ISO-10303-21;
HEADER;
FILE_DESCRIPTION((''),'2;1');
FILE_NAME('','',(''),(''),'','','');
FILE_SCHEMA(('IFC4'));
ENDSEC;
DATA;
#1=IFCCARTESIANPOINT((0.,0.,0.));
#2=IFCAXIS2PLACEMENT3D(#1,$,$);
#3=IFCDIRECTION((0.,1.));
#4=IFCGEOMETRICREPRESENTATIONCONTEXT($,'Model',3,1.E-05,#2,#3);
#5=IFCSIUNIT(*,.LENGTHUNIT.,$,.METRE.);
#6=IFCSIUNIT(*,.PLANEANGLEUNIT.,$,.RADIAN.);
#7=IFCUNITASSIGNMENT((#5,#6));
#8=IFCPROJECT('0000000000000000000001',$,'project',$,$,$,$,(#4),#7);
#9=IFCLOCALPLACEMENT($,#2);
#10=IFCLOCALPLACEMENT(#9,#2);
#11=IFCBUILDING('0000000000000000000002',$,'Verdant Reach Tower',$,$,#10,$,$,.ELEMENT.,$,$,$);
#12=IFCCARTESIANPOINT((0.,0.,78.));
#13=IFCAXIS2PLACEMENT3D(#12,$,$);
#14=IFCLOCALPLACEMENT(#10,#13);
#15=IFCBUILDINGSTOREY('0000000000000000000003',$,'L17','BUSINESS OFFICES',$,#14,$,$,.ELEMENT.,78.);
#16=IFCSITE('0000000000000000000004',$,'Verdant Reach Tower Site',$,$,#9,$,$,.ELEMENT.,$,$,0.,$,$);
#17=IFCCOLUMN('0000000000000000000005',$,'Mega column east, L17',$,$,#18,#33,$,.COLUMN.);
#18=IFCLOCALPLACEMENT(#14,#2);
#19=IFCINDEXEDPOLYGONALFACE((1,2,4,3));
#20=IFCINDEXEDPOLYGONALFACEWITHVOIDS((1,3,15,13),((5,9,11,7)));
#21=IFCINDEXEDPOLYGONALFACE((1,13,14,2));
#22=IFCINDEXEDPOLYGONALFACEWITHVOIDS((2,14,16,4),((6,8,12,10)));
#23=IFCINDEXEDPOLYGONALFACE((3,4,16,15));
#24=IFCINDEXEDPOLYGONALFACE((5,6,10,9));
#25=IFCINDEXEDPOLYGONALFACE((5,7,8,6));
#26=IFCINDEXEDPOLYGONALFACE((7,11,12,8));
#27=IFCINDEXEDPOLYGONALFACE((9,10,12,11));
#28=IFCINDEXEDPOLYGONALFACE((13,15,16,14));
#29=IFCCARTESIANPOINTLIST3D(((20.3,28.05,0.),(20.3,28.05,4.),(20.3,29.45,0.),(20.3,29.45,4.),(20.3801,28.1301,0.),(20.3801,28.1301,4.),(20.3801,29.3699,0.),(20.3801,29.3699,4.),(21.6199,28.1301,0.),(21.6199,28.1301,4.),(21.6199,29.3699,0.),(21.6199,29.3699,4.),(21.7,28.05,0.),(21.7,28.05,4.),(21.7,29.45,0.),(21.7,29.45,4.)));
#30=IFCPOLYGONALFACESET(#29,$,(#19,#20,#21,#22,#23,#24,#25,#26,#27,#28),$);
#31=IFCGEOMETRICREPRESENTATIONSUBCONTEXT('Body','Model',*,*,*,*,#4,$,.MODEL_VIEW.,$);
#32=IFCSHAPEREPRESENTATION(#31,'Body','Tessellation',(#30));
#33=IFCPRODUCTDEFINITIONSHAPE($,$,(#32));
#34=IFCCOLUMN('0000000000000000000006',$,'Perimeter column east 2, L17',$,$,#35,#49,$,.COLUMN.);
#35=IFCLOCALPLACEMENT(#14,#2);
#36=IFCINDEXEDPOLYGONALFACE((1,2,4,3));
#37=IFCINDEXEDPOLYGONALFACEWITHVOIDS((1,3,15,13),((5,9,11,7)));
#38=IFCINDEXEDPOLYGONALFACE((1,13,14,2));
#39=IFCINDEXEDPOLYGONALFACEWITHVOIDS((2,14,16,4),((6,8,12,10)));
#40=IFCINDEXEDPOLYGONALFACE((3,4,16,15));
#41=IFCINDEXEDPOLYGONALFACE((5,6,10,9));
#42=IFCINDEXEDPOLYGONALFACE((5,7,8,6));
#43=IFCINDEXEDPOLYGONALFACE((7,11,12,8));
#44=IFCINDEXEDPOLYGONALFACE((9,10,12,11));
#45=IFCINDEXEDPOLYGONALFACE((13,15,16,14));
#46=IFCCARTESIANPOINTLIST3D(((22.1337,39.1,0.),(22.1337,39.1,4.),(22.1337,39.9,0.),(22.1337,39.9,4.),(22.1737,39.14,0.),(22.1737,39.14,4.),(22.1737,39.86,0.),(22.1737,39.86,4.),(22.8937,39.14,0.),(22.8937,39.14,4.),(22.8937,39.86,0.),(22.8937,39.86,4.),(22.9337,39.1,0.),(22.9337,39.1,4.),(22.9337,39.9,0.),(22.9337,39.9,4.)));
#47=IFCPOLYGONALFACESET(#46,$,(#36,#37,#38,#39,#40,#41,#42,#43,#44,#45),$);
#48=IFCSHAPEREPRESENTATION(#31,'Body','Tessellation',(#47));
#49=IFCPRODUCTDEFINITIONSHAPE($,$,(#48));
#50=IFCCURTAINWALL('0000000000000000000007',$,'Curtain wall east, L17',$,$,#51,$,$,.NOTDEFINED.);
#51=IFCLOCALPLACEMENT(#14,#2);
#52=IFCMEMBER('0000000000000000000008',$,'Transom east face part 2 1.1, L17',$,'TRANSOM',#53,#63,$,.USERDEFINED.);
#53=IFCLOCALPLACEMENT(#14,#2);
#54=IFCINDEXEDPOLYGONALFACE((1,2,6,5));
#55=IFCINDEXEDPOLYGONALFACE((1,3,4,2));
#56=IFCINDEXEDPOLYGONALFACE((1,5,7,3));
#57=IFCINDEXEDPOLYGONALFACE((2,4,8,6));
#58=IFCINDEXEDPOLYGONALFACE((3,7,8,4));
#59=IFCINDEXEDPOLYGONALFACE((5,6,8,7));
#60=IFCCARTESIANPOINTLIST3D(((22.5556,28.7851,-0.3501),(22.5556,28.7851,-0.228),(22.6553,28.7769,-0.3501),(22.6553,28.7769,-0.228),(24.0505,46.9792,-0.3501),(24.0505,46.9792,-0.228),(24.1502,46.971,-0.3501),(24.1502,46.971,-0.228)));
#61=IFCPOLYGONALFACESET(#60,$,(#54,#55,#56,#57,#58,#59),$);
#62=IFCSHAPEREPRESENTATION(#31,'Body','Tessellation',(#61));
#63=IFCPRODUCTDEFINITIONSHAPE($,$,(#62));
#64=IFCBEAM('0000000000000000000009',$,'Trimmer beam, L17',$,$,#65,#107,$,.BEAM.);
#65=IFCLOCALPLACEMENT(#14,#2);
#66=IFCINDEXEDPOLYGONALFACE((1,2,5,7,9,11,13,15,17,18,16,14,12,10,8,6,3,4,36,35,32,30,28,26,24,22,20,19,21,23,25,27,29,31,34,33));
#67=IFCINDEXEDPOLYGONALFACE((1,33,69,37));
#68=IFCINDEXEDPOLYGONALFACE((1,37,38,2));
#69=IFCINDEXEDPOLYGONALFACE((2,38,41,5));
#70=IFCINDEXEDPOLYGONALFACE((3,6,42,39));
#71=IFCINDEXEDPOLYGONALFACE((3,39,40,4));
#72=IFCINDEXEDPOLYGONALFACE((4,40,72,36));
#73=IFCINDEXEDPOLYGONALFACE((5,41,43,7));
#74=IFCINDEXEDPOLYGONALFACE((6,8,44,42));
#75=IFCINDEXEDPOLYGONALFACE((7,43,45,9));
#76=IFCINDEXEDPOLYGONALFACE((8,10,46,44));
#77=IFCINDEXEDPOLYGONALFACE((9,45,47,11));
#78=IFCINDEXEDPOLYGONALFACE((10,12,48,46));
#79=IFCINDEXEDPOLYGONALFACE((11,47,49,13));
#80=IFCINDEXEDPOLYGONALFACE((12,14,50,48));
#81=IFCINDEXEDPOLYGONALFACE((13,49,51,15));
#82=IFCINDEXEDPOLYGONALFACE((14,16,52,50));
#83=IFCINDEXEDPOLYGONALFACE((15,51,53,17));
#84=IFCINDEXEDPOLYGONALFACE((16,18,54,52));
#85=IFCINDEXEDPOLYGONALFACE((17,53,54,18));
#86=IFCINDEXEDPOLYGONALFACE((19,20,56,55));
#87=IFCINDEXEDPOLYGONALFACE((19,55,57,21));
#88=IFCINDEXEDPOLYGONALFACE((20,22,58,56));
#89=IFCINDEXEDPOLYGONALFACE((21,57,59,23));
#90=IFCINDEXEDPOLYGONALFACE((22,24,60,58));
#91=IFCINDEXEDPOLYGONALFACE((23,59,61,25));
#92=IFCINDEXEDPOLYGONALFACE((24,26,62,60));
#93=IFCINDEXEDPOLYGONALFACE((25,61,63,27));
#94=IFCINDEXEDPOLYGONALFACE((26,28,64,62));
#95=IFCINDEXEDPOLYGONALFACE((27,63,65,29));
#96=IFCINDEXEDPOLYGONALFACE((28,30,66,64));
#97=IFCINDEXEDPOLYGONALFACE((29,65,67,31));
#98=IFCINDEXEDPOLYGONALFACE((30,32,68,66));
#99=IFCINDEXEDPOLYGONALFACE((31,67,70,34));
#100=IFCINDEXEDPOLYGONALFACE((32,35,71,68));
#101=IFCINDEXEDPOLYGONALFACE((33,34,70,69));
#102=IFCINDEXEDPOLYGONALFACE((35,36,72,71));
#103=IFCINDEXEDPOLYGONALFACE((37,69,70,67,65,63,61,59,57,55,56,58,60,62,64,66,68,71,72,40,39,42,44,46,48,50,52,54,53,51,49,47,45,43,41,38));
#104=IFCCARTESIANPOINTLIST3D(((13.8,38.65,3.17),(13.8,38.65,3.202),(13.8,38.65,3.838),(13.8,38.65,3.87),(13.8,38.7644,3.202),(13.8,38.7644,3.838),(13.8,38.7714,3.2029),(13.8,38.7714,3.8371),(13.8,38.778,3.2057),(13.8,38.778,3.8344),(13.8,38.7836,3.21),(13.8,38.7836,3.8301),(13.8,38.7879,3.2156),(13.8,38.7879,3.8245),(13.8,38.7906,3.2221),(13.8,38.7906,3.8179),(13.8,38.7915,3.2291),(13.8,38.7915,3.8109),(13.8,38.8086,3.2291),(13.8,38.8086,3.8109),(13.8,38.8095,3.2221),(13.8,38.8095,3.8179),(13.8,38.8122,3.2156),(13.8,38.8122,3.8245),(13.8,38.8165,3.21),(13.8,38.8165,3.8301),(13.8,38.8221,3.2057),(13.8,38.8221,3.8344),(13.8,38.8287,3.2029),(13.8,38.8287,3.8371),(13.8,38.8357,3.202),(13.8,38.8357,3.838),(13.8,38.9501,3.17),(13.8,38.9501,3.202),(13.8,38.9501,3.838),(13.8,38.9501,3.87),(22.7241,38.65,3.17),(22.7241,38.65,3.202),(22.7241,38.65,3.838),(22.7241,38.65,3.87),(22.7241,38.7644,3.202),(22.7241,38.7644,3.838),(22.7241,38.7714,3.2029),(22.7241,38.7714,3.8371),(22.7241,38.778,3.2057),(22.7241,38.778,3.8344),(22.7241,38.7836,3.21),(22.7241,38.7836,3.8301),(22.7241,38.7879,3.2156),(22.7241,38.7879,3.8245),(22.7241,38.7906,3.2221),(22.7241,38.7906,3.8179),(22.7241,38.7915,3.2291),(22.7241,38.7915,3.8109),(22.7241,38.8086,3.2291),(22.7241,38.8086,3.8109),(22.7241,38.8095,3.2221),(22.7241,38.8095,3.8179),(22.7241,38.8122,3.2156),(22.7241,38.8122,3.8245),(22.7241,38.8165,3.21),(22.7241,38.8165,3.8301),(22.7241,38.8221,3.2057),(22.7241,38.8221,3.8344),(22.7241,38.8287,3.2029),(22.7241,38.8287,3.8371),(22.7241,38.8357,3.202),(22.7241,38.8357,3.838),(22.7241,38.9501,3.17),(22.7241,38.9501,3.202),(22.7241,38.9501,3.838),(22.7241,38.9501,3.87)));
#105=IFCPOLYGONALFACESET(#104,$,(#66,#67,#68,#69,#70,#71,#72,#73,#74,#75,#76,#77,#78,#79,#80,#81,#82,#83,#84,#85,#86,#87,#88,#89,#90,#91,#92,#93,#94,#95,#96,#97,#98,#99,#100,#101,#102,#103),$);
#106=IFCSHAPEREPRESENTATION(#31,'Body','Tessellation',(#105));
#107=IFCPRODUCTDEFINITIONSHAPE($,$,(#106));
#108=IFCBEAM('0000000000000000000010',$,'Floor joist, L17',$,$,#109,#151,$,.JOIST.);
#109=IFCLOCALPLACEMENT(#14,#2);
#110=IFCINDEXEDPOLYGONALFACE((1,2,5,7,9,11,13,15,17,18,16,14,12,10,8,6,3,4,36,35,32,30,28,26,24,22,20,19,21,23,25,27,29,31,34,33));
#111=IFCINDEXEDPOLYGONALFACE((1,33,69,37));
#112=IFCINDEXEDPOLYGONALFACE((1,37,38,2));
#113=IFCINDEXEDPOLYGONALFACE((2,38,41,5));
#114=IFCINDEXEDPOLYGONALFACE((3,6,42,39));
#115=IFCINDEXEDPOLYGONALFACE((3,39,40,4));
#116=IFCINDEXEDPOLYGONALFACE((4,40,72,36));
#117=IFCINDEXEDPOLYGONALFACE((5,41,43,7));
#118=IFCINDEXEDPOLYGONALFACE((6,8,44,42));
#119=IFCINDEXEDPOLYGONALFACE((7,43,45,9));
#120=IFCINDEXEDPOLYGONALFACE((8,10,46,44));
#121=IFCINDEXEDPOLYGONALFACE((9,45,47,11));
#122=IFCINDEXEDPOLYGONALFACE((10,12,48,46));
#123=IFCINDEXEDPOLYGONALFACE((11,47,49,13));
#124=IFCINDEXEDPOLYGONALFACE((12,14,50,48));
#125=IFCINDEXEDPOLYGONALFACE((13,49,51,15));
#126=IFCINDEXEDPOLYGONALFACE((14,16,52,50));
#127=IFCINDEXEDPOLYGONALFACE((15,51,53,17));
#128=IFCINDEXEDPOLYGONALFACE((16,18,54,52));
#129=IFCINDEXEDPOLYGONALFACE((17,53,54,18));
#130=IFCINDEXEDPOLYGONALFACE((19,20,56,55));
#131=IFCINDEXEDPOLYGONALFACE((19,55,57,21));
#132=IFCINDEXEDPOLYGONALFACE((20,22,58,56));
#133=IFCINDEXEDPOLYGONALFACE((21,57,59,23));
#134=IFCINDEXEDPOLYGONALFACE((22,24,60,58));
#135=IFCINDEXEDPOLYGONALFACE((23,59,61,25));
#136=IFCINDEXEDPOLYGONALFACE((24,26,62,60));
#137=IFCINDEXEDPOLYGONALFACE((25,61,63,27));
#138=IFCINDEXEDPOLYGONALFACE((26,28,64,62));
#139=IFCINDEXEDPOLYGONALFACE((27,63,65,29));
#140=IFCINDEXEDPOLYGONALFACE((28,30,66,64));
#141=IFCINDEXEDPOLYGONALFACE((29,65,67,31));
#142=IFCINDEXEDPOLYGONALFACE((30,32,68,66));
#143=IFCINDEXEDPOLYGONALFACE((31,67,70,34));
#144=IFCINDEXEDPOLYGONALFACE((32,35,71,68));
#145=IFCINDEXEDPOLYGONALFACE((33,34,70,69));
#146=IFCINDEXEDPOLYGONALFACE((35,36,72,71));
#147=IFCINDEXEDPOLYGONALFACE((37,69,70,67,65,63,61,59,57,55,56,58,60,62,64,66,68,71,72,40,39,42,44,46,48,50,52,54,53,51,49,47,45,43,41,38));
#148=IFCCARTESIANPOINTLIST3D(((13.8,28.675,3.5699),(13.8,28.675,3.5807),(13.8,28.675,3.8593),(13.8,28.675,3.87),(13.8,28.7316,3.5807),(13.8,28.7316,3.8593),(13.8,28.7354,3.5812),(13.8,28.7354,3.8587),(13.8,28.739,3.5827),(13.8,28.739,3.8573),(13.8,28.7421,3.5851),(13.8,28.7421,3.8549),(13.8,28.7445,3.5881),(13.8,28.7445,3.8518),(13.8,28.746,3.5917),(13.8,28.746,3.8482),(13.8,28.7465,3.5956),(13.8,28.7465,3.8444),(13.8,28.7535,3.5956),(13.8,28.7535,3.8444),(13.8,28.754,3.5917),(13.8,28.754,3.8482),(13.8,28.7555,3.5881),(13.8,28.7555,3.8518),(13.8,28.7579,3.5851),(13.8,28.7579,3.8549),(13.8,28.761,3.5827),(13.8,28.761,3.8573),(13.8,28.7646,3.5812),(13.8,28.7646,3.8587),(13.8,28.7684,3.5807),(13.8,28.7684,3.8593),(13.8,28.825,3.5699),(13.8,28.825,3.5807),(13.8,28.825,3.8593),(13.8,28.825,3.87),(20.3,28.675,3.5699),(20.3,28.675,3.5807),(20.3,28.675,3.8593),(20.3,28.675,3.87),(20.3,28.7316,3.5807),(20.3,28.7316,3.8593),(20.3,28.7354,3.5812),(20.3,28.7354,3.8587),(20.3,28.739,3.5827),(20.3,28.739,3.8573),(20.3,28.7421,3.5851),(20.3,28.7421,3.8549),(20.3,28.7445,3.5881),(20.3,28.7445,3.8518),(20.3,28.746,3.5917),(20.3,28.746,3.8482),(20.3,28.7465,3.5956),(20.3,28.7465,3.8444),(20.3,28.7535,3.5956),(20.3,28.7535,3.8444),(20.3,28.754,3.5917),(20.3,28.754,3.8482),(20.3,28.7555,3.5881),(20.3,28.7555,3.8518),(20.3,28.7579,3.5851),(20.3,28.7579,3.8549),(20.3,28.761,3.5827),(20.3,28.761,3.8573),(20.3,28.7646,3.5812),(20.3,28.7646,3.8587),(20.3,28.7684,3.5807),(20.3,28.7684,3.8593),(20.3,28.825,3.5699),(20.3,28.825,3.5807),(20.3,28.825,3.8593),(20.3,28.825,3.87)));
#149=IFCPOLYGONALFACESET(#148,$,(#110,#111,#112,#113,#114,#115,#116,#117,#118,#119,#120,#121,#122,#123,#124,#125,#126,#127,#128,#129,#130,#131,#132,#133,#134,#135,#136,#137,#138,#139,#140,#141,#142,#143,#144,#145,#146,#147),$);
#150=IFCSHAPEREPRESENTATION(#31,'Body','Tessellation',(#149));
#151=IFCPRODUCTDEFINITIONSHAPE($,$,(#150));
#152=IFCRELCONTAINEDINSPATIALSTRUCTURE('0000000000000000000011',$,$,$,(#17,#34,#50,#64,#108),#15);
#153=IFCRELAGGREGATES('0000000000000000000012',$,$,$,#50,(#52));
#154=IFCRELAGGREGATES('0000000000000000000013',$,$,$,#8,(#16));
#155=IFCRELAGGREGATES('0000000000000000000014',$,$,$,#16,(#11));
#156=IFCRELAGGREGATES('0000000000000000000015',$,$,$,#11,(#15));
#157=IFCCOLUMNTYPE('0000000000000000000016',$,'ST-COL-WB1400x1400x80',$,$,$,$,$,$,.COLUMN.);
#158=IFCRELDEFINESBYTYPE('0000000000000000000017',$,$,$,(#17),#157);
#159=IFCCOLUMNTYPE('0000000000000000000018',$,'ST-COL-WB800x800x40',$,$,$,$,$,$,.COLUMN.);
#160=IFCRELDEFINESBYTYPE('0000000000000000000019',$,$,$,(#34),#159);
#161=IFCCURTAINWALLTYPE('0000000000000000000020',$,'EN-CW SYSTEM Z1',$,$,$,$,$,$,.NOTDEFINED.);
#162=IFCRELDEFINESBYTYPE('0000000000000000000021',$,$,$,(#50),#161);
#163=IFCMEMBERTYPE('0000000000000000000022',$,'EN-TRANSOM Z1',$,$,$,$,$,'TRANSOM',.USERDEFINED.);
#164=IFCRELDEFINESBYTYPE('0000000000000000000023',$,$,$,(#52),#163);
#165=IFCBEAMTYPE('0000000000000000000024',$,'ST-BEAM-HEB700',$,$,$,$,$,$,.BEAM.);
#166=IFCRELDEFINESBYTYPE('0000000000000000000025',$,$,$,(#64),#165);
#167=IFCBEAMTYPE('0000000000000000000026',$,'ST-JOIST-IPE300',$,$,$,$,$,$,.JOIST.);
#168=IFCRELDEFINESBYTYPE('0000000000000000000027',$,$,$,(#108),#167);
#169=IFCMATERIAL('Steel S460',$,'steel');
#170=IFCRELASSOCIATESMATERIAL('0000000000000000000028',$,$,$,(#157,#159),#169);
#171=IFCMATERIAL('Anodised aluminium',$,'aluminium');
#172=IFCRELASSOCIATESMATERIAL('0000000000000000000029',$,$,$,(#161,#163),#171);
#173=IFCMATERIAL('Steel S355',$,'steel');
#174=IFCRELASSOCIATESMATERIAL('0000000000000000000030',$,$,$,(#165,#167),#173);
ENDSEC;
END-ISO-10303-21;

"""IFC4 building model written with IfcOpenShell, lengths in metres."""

from ifc_helpers import new_model, si_unit, direction, frame, origin, origin_2d, place, context, subcontext, project, spatial, rectangle, hollow_rectangle, i_section, extrude, material, material_profile, profile_set, type_object, element, aggregate, save


model = new_model("IFC4")

# Units and contexts
model_context = context("Model", 3, precision=1e-05, world=origin(), true_north=direction((0.0, 1.0)))
body_context = subcontext(model_context, "Body", "Model", "MODEL_VIEW")
ifc_project = project(units=[si_unit("LENGTHUNIT", "METRE"), si_unit("PLANEANGLEUNIT", "RADIAN")], contexts=[model_context])

# Site, building, storey
site_placement = place(None, origin())
site = spatial("IfcSite", under=ifc_project, at=site_placement, Name="Verdant Reach Tower Site", CompositionType="ELEMENT", RefElevation=0.0)
building_placement = place(site_placement, origin())
building = spatial("IfcBuilding", under=site, at=building_placement, Name="Verdant Reach Tower", CompositionType="ELEMENT")
storey_placement = place(building_placement, frame((0.0, 0.0, 78.0)))
storey = spatial("IfcBuildingStorey", under=building, at=storey_placement, Name="L17", Description="BUSINESS OFFICES", CompositionType="ELEMENT", Elevation=78.0)

# Columns
ifc_material_1 = material(Name="Steel S460", Category="steel")
ifc_material_profile_1 = material_profile(ifc_material_1, hollow_rectangle(XDim=1.3999, YDim=1.3999, WallThickness=0.0801, at=origin_2d()), Name="WB 1400x1400x80")
ifc_profile_set_1 = profile_set([ifc_material_profile_1], Name="Steel S460")
column_type_1 = type_object("IfcColumnType", Name="ST-COL-WB1400x1400x80", PredefinedType="COLUMN", material=ifc_profile_set_1)
column_1_placement = place(storey_placement, frame((21.0, 28.75, 0.0), z_axis=(0.0, 0.0, 1.0), x_axis=(1.0, 0.0, 0.0)))
element("IfcColumn", 1, at=column_1_placement, inside=storey, type_object=column_type_1, Name="Mega column east, L17", PredefinedType="COLUMN", context=body_context, shape_type="SweptSolid", body=[
    extrude(hollow_rectangle(XDim=1.3999, YDim=1.3999, WallThickness=0.0801, at=origin_2d()), origin(), (0.0, 0.0, 1.0), 4.0),
])
ifc_material_profile_2 = material_profile(ifc_material_1, hollow_rectangle(XDim=0.8, YDim=0.8, WallThickness=0.04, at=origin_2d()), Name="WB 800x800x40")
ifc_profile_set_2 = profile_set([ifc_material_profile_2], Name="Steel S460")
column_type_2 = type_object("IfcColumnType", Name="ST-COL-WB800x800x40", PredefinedType="COLUMN", material=ifc_profile_set_2)
column_2_placement = place(storey_placement, frame((22.5337, 39.5, 0.0), z_axis=(0.0, 0.0, 1.0), x_axis=(1.0, 0.0, 0.0)))
element("IfcColumn", 2, at=column_2_placement, inside=storey, type_object=column_type_2, Name="Perimeter column east 2, L17", PredefinedType="COLUMN", context=body_context, shape_type="SweptSolid", body=[
    extrude(hollow_rectangle(XDim=0.8, YDim=0.8, WallThickness=0.04, at=origin_2d()), origin(), (0.0, 0.0, 1.0), 4.0),
])

# Curtain wall, member
ifc_material_2 = material(Name="Anodised aluminium", Category="aluminium")
curtain_wall_type = type_object("IfcCurtainWallType", Name="EN-CW SYSTEM Z1", PredefinedType="NOTDEFINED", material=ifc_material_2)
curtain_wall_placement = place(storey_placement, origin())
curtain_wall = element("IfcCurtainWall", 3, at=curtain_wall_placement, inside=storey, type_object=curtain_wall_type, Name="Curtain wall east, L17", PredefinedType="NOTDEFINED")
ifc_material_profile_3 = material_profile(ifc_material_2, rectangle(XDim=0.1001, YDim=0.1221, at=origin_2d()), Name="Transom 122x100")
ifc_profile_set_3 = profile_set([ifc_material_profile_3], Name="Anodised aluminium")
member_type = type_object("IfcMemberType", Name="EN-TRANSOM Z1", ElementType="TRANSOM", PredefinedType="USERDEFINED", material=ifc_profile_set_3)
member_placement = place(storey_placement, frame((22.6055, 28.781, -0.2891), z_axis=(0.081887, 0.996642, 0.0), x_axis=(-0.996642, 0.081887, 0.0)))
member = element("IfcMember", 4, at=member_placement, type_object=member_type, Name="Transom east face part 2 1.1, L17", ObjectType="TRANSOM", PredefinedType="USERDEFINED", context=body_context, shape_type="SweptSolid", body=[
    extrude(rectangle(XDim=0.1001, YDim=0.1221, at=origin_2d()), origin(), (0.0, 0.0, 1.0), 18.2554),
])

# Beams
ifc_material_3 = material(Name="Steel S355", Category="steel")
ifc_material_profile_4 = material_profile(ifc_material_3, i_section(OverallWidth=0.3, OverallDepth=0.7, WebThickness=0.0171, FlangeThickness=0.032, FilletRadius=0.0271, at=origin_2d()), Name="HEB 700")
ifc_profile_set_4 = profile_set([ifc_material_profile_4], Name="Steel S355")
beam_type_1 = type_object("IfcBeamType", Name="ST-BEAM-HEB700", PredefinedType="BEAM", material=ifc_profile_set_4)
beam_1_placement = place(storey_placement, frame((13.8, 38.8, 3.52), z_axis=(1.0, 0.0, 0.0), x_axis=(0.0, 1.0, 0.0)))
element("IfcBeam", 5, at=beam_1_placement, inside=storey, type_object=beam_type_1, Name="Trimmer beam, L17", PredefinedType="BEAM", context=body_context, shape_type="SweptSolid", body=[
    extrude(i_section(OverallWidth=0.3, OverallDepth=0.7, WebThickness=0.0171, FlangeThickness=0.032, FilletRadius=0.0271, at=origin_2d()), origin(), (0.0, 0.0, 1.0), 8.9241),
])
ifc_material_profile_5 = material_profile(ifc_material_3, i_section(OverallWidth=0.1499, OverallDepth=0.3, WebThickness=0.0071, FlangeThickness=0.0107, FilletRadius=0.0149, at=origin_2d()), Name="IPE 300")
ifc_profile_set_5 = profile_set([ifc_material_profile_5], Name="Steel S355")
beam_type_2 = type_object("IfcBeamType", Name="ST-JOIST-IPE300", PredefinedType="JOIST", material=ifc_profile_set_5)
beam_2_placement = place(storey_placement, frame((13.8, 28.75, 3.72), z_axis=(1.0, 0.0, 0.0), x_axis=(0.0, 1.0, 0.0)))
element("IfcBeam", 6, at=beam_2_placement, inside=storey, type_object=beam_type_2, Name="Floor joist, L17", PredefinedType="JOIST", context=body_context, shape_type="SweptSolid", body=[
    extrude(i_section(OverallWidth=0.1499, OverallDepth=0.3, WebThickness=0.0071, FlangeThickness=0.0107, FilletRadius=0.0149, at=origin_2d()), origin(), (0.0, 0.0, 1.0), 6.5),
])

aggregate(curtain_wall, [member])

save(model, "model.ifc")
